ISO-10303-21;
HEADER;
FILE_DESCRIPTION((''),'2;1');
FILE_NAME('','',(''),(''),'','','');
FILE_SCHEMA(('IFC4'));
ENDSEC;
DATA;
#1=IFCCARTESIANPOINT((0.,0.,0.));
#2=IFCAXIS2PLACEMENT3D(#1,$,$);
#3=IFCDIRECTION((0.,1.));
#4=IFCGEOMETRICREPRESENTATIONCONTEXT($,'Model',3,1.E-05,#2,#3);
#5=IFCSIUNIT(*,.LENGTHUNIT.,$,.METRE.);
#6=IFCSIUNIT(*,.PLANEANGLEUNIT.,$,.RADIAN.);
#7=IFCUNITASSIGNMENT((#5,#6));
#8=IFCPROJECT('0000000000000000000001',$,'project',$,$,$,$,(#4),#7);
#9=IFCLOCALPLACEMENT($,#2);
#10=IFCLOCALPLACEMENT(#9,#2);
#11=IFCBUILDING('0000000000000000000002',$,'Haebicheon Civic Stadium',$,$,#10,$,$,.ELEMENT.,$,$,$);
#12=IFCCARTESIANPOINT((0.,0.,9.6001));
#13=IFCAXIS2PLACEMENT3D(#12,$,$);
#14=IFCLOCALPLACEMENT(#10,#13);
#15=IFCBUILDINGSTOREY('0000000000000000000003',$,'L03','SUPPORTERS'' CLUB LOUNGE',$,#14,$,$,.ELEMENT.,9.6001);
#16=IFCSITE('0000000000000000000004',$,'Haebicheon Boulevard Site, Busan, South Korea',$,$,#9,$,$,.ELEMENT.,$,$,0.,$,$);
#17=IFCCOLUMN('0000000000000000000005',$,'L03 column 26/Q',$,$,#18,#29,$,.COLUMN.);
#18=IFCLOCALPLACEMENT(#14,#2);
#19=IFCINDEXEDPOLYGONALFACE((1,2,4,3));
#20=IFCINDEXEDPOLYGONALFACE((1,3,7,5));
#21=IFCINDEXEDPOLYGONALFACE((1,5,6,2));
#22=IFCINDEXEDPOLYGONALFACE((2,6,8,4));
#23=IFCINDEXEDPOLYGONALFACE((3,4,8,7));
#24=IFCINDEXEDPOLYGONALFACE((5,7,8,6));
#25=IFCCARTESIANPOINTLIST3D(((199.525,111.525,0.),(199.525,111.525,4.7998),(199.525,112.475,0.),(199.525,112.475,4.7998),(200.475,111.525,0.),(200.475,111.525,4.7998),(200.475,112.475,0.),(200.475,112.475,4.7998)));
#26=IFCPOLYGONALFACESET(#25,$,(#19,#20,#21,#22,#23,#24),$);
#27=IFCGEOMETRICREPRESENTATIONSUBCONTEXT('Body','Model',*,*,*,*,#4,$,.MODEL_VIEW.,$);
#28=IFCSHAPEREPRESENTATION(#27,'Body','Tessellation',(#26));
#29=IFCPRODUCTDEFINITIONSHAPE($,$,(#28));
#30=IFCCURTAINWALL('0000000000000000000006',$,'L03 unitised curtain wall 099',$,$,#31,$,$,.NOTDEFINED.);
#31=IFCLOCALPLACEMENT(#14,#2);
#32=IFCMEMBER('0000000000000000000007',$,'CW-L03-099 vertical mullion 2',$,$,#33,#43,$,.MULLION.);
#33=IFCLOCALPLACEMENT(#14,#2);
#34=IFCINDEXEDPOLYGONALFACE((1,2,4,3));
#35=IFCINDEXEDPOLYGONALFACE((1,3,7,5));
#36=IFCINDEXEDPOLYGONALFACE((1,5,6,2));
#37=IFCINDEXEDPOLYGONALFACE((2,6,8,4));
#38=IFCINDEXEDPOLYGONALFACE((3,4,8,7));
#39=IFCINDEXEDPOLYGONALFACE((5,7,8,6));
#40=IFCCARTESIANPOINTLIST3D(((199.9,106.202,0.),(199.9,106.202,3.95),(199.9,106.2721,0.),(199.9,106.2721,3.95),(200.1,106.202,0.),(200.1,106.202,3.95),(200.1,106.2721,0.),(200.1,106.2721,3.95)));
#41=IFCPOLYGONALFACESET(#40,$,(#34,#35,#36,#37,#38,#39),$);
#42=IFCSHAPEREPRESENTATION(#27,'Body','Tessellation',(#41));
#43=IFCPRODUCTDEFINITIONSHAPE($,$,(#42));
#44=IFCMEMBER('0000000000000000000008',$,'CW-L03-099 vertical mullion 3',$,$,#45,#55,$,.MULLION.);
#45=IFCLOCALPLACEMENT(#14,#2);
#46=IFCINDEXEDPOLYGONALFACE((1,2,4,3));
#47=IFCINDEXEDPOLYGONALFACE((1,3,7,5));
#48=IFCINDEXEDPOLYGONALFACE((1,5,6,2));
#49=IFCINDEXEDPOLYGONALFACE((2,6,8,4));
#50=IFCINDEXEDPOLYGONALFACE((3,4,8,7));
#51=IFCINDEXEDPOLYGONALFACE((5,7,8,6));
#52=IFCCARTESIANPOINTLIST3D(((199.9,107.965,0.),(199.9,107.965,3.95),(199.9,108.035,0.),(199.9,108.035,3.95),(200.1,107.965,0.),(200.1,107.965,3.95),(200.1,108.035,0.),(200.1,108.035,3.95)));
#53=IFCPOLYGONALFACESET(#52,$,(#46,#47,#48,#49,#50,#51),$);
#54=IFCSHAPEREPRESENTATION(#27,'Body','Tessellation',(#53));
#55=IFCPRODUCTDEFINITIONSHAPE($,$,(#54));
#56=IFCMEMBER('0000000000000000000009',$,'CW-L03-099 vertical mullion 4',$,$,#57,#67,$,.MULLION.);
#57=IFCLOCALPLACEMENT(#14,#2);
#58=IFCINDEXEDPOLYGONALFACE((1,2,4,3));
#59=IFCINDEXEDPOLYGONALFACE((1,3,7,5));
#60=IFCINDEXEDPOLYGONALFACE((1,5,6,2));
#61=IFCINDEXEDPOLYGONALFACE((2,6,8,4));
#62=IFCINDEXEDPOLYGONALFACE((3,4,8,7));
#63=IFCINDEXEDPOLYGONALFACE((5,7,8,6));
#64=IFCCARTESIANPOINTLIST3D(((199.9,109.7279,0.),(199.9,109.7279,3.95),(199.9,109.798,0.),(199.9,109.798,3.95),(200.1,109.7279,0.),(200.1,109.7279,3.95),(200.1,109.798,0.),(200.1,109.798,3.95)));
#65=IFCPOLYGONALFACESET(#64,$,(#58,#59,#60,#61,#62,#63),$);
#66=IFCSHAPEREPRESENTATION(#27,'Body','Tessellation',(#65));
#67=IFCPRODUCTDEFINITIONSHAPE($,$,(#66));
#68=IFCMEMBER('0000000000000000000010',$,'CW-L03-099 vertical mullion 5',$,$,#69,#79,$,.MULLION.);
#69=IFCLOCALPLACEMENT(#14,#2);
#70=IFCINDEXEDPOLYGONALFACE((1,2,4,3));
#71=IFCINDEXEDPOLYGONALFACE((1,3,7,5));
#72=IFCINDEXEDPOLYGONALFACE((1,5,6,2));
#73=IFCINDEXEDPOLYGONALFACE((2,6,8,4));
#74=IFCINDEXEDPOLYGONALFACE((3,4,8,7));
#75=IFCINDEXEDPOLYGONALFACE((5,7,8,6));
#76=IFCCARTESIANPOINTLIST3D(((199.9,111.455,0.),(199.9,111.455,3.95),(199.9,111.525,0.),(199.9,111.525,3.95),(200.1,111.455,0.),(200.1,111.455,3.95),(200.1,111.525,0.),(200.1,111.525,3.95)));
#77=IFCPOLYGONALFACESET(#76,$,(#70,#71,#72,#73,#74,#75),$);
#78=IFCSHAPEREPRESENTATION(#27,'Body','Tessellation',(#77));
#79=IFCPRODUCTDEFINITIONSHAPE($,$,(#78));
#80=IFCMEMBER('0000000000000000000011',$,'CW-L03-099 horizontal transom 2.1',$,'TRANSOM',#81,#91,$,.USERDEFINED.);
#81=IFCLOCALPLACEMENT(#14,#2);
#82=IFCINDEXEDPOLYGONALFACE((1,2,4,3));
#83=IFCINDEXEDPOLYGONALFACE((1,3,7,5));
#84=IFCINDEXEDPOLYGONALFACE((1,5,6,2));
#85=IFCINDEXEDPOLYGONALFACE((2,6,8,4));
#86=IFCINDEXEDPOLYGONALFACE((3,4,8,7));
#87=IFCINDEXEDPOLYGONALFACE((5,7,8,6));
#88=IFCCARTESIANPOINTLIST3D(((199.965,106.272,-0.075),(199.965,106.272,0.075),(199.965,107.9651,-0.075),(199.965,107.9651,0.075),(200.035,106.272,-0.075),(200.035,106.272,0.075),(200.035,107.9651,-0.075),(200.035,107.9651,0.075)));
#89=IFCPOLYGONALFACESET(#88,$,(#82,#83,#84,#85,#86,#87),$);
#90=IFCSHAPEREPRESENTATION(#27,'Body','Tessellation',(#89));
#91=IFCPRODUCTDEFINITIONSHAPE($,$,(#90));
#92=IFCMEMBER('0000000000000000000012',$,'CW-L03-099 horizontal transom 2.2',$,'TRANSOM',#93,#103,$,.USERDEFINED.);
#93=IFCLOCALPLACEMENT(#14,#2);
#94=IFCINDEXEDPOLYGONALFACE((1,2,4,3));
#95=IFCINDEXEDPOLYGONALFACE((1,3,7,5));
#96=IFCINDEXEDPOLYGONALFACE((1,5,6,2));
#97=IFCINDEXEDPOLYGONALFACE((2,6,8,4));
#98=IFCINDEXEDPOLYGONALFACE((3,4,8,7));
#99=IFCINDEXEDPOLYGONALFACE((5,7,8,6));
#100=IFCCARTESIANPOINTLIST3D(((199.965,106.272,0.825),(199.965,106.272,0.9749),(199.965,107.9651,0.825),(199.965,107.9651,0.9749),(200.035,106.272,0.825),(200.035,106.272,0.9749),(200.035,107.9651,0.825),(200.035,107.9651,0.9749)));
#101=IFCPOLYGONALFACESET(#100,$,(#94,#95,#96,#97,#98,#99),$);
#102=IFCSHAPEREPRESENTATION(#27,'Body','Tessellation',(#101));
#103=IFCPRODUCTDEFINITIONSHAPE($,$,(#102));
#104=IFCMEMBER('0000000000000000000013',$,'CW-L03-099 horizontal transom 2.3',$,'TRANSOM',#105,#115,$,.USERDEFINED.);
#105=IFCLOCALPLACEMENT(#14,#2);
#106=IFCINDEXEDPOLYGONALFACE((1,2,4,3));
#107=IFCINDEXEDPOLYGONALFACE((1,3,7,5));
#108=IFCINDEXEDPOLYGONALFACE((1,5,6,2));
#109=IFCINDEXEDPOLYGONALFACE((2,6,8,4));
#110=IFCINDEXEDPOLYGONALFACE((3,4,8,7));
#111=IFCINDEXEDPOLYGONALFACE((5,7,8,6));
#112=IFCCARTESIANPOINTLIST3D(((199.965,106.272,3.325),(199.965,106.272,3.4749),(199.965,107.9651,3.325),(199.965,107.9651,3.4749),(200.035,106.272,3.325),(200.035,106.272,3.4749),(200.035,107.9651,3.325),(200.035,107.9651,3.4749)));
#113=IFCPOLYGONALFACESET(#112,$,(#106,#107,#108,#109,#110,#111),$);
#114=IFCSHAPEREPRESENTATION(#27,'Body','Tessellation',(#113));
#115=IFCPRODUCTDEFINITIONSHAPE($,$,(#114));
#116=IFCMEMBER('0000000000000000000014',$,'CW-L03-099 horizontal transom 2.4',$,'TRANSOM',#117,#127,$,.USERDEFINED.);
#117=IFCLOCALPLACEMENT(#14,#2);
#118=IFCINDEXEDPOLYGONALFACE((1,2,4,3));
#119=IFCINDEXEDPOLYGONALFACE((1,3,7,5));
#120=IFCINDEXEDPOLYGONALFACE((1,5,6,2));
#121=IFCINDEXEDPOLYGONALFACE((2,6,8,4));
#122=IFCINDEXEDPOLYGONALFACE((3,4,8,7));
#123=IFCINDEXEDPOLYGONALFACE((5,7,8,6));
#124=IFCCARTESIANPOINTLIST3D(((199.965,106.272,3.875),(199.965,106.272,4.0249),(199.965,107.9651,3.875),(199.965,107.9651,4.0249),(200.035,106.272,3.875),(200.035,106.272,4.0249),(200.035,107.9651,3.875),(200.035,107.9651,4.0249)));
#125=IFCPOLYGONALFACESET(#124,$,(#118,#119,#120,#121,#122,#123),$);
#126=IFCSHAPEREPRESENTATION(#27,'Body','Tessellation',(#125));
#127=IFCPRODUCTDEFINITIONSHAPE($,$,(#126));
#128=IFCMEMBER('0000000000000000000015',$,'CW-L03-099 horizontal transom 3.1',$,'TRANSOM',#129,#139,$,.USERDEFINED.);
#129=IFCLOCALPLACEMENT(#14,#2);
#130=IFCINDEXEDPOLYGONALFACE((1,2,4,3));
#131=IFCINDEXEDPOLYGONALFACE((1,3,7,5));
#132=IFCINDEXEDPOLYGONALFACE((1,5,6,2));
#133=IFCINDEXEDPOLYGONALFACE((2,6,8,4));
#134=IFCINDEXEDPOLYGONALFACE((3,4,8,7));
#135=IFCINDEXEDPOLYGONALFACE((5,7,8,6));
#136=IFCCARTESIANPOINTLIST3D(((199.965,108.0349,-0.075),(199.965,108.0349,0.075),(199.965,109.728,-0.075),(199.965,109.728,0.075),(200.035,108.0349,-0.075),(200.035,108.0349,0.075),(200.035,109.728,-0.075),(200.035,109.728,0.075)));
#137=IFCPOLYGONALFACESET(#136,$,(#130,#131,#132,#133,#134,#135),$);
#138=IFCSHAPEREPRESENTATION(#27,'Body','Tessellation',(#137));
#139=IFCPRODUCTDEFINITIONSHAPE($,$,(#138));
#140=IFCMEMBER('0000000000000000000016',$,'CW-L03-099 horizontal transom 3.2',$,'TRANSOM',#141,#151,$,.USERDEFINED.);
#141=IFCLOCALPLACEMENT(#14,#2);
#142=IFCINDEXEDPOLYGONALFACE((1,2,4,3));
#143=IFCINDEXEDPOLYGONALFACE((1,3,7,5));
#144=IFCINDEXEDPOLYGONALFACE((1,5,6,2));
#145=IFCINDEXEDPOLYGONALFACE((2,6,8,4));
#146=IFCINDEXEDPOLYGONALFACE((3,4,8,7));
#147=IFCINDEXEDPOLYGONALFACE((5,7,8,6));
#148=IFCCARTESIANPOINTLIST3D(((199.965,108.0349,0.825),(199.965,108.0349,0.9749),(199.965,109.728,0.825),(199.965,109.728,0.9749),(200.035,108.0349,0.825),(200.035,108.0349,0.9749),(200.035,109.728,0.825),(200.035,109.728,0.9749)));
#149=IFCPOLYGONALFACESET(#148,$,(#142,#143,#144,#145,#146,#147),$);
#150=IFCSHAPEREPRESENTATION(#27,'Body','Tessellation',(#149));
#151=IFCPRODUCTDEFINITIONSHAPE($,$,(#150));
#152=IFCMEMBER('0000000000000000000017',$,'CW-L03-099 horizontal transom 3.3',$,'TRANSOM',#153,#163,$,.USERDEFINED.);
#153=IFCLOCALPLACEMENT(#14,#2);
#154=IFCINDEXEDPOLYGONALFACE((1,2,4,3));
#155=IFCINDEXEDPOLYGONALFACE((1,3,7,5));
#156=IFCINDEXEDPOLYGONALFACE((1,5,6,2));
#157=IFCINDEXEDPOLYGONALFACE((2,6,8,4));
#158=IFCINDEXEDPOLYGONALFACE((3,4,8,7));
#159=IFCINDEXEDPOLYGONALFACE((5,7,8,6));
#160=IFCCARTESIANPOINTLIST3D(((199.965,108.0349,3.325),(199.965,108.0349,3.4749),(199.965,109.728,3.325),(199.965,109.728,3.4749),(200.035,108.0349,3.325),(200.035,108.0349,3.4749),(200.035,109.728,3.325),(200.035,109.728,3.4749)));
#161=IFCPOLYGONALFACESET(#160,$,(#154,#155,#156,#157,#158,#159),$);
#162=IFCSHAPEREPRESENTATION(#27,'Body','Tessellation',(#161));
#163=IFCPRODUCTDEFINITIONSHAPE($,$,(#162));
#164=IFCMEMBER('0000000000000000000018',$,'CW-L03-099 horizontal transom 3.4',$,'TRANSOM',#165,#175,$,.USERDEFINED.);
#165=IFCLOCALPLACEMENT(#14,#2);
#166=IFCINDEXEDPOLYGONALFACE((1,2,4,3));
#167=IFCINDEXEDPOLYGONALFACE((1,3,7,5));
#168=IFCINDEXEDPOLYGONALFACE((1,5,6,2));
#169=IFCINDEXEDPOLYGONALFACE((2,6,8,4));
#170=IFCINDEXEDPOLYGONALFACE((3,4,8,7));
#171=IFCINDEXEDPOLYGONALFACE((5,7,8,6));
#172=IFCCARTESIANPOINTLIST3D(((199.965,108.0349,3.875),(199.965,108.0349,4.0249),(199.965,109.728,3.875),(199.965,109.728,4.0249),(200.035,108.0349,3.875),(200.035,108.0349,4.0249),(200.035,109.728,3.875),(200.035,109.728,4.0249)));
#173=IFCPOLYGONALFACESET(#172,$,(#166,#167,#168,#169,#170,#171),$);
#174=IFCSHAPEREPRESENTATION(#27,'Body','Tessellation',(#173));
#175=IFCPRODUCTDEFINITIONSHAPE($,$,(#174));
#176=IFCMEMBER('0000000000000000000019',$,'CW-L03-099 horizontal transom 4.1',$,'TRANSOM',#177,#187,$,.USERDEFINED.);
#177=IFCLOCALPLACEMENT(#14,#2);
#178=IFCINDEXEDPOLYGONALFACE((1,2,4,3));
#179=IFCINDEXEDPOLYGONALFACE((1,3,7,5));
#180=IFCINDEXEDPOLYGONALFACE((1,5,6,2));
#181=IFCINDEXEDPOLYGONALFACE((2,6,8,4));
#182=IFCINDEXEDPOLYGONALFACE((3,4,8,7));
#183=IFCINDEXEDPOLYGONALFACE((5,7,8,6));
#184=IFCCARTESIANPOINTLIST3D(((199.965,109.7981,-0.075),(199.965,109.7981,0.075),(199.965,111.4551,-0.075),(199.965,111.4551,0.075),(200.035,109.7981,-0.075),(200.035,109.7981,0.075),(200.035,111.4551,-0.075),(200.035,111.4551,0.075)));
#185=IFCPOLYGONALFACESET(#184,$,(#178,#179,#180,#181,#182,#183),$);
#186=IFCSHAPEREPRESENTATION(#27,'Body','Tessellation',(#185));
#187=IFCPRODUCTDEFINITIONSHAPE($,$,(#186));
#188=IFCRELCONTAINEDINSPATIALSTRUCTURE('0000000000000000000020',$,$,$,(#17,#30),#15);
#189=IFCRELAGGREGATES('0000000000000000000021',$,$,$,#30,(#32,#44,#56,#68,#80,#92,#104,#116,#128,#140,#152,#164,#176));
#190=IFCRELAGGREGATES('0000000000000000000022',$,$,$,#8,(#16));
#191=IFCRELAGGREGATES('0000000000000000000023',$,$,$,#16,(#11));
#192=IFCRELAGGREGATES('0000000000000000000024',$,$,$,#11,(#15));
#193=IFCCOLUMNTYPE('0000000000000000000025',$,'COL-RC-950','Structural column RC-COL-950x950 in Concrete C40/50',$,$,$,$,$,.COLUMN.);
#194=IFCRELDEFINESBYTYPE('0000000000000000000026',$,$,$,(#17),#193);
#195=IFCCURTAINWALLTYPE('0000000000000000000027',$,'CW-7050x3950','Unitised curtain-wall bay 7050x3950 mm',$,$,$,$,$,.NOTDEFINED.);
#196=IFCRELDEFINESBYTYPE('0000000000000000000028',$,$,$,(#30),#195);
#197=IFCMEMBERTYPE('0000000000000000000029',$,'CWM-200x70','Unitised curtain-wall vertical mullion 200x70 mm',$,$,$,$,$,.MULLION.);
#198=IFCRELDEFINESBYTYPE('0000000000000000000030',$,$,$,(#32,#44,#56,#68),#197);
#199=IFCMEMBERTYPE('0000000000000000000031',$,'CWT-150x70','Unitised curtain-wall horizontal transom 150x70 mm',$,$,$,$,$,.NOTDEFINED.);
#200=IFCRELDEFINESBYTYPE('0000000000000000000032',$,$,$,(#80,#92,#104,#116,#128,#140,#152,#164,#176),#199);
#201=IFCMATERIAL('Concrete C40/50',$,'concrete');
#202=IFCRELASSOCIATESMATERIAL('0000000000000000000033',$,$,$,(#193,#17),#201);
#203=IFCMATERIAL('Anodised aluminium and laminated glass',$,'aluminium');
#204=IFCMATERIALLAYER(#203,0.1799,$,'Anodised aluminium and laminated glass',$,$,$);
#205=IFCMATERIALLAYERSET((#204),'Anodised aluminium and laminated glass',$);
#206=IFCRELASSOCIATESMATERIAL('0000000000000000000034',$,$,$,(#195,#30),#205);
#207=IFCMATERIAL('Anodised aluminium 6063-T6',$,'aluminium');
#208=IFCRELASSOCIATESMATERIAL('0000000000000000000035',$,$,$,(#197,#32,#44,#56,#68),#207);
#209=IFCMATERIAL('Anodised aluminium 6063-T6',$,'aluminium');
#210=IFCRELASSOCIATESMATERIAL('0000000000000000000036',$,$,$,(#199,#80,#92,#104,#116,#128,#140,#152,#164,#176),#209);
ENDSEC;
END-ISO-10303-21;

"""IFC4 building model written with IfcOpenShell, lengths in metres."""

from ifc_helpers import new_model, si_unit, direction, frame, origin, origin_2d, place, context, subcontext, project, spatial, rectangle, extrude, material, layer, layer_set, material_profile, profile_set, type_object, element, aggregate, save


model = new_model("IFC4")

# Units and contexts
model_context = context("Model", 3, precision=1e-05, world=origin(), true_north=direction((0.0, 1.0)))
body_context = subcontext(model_context, "Body", "Model", "MODEL_VIEW")
ifc_project = project(units=[si_unit("LENGTHUNIT", "METRE"), si_unit("PLANEANGLEUNIT", "RADIAN")], contexts=[model_context])

# Site, building, storey
site_placement = place(None, origin())
site = spatial("IfcSite", under=ifc_project, at=site_placement, Name="Haebicheon Boulevard Site, Busan, South Korea", CompositionType="ELEMENT", RefElevation=0.0)
building_placement = place(site_placement, origin())
building = spatial("IfcBuilding", under=site, at=building_placement, Name="Haebicheon Civic Stadium", CompositionType="ELEMENT")
storey_placement = place(building_placement, frame((0.0, 0.0, 9.6001)))
storey = spatial("IfcBuildingStorey", under=building, at=storey_placement, Name="L03", Description="SUPPORTERS' CLUB LOUNGE", CompositionType="ELEMENT", Elevation=9.6001)

# Column
ifc_material_1 = material(Name="Concrete C40/50", Category="concrete")
ifc_material_profile_1 = material_profile(ifc_material_1, rectangle(XDim=0.95, YDim=0.95, at=origin_2d()), Name="RC-COL-950x950")
ifc_profile_set_1 = profile_set([ifc_material_profile_1], Name="Concrete C40/50")
column_type = type_object("IfcColumnType", Name="COL-RC-950", Description="Structural column RC-COL-950x950 in Concrete C40/50", PredefinedType="COLUMN", material=ifc_profile_set_1)
column_placement = place(storey_placement, frame((200.0, 112.0, 0.0), z_axis=(0.0, 0.0, 1.0), x_axis=(1.0, 0.0, 0.0)))
element("IfcColumn", 1, at=column_placement, inside=storey, type_object=column_type, material=ifc_profile_set_1, Name="L03 column 26/Q", PredefinedType="COLUMN", context=body_context, shape_type="SweptSolid", body=[
    extrude(rectangle(XDim=0.95, YDim=0.95, at=origin_2d()), origin(), (0.0, 0.0, 1.0), 4.7998),
])

# Curtain wall, members
ifc_material_2 = material(Name="Anodised aluminium and laminated glass", Category="aluminium")
ifc_layer_1 = layer(ifc_material_2, 0.1799, Name="Anodised aluminium and laminated glass")
ifc_layer_set_1 = layer_set([ifc_layer_1], Name="Anodised aluminium and laminated glass")
curtain_wall_type = type_object("IfcCurtainWallType", Name="CW-7050x3950", Description="Unitised curtain-wall bay 7050x3950 mm", PredefinedType="NOTDEFINED", material=ifc_layer_set_1)
curtain_wall_placement = place(storey_placement, origin())
curtain_wall = element("IfcCurtainWall", 2, at=curtain_wall_placement, inside=storey, type_object=curtain_wall_type, material=ifc_layer_set_1, Name="L03 unitised curtain wall 099", PredefinedType="NOTDEFINED")
ifc_material_3 = material(Name="Anodised aluminium 6063-T6", Category="aluminium")
ifc_material_profile_2 = material_profile(ifc_material_3, rectangle(XDim=0.0701, YDim=0.2, at=origin_2d()), Name="ALU-MULL-70x200")
ifc_profile_set_2 = profile_set([ifc_material_profile_2], Name="Anodised aluminium 6063-T6")
member_type_1 = type_object("IfcMemberType", Name="CWM-200x70", Description="Unitised curtain-wall vertical mullion 200x70 mm", PredefinedType="MULLION", material=ifc_profile_set_2)
member_1_placement = place(storey_placement, frame((200.0, 106.2371, 0.0), z_axis=(0.0, 0.0, 1.0), x_axis=(0.0, 1.0, 0.0)))
member_1 = element("IfcMember", 3, at=member_1_placement, type_object=member_type_1, material=ifc_profile_set_2, Name="CW-L03-099 vertical mullion 2", PredefinedType="MULLION", context=body_context, shape_type="SweptSolid", body=[
    extrude(rectangle(XDim=0.0701, YDim=0.2, at=origin_2d()), origin(), (0.0, 0.0, 1.0), 3.95),
])
member_2_placement = place(storey_placement, frame((200.0, 108.0, 0.0), z_axis=(0.0, 0.0, 1.0), x_axis=(0.0, 1.0, 0.0)))
member_2 = element("IfcMember", 4, at=member_2_placement, type_object=member_type_1, material=ifc_profile_set_2, Name="CW-L03-099 vertical mullion 3", PredefinedType="MULLION", context=body_context, shape_type="SweptSolid", body=[
    extrude(rectangle(XDim=0.0701, YDim=0.2, at=origin_2d()), origin(), (0.0, 0.0, 1.0), 3.95),
])
member_3_placement = place(storey_placement, frame((200.0, 109.7629, 0.0), z_axis=(0.0, 0.0, 1.0), x_axis=(0.0, 1.0, 0.0)))
member_3 = element("IfcMember", 5, at=member_3_placement, type_object=member_type_1, material=ifc_profile_set_2, Name="CW-L03-099 vertical mullion 4", PredefinedType="MULLION", context=body_context, shape_type="SweptSolid", body=[
    extrude(rectangle(XDim=0.0701, YDim=0.2, at=origin_2d()), origin(), (0.0, 0.0, 1.0), 3.95),
])
member_4_placement = place(storey_placement, frame((200.0, 111.49, 0.0), z_axis=(0.0, 0.0, 1.0), x_axis=(0.0, 1.0, 0.0)))
member_4 = element("IfcMember", 6, at=member_4_placement, type_object=member_type_1, material=ifc_profile_set_2, Name="CW-L03-099 vertical mullion 5", PredefinedType="MULLION", context=body_context, shape_type="SweptSolid", body=[
    extrude(rectangle(XDim=0.0701, YDim=0.2, at=origin_2d()), origin(), (0.0, 0.0, 1.0), 3.95),
])
ifc_material_4 = material(Name="Anodised aluminium 6063-T6", Category="aluminium")
ifc_material_profile_3 = material_profile(ifc_material_4, rectangle(XDim=0.0701, YDim=0.1499, at=origin_2d()), Name="ALU-TRAN-70x150")
ifc_profile_set_3 = profile_set([ifc_material_profile_3], Name="Anodised aluminium 6063-T6")
member_type_2 = type_object("IfcMemberType", Name="CWT-150x70", Description="Unitised curtain-wall horizontal transom 150x70 mm", PredefinedType="NOTDEFINED", material=ifc_profile_set_3)
member_5_placement = place(storey_placement, frame((200.0, 106.272, 0.0), z_axis=(0.0, 1.0, 0.0), x_axis=(-1.0, 0.0, 0.0)))
member_5 = element("IfcMember", 7, at=member_5_placement, type_object=member_type_2, material=ifc_profile_set_3, Name="CW-L03-099 horizontal transom 2.1", ObjectType="TRANSOM", PredefinedType="USERDEFINED", context=body_context, shape_type="SweptSolid", body=[
    extrude(rectangle(XDim=0.0701, YDim=0.1499, at=origin_2d()), origin(), (0.0, 0.0, 1.0), 1.6931),
])
member_6_placement = place(storey_placement, frame((200.0, 106.272, 0.8999), z_axis=(0.0, 1.0, 0.0), x_axis=(-1.0, 0.0, 0.0)))
member_6 = element("IfcMember", 8, at=member_6_placement, type_object=member_type_2, material=ifc_profile_set_3, Name="CW-L03-099 horizontal transom 2.2", ObjectType="TRANSOM", PredefinedType="USERDEFINED", context=body_context, shape_type="SweptSolid", body=[
    extrude(rectangle(XDim=0.0701, YDim=0.1499, at=origin_2d()), origin(), (0.0, 0.0, 1.0), 1.6931),
])
member_7_placement = place(storey_placement, frame((200.0, 106.272, 3.3999), z_axis=(0.0, 1.0, 0.0), x_axis=(-1.0, 0.0, 0.0)))
member_7 = element("IfcMember", 9, at=member_7_placement, type_object=member_type_2, material=ifc_profile_set_3, Name="CW-L03-099 horizontal transom 2.3", ObjectType="TRANSOM", PredefinedType="USERDEFINED", context=body_context, shape_type="SweptSolid", body=[
    extrude(rectangle(XDim=0.0701, YDim=0.1499, at=origin_2d()), origin(), (0.0, 0.0, 1.0), 1.6931),
])
member_8_placement = place(storey_placement, frame((200.0, 106.272, 3.95), z_axis=(0.0, 1.0, 0.0), x_axis=(-1.0, 0.0, 0.0)))
member_8 = element("IfcMember", 10, at=member_8_placement, type_object=member_type_2, material=ifc_profile_set_3, Name="CW-L03-099 horizontal transom 2.4", ObjectType="TRANSOM", PredefinedType="USERDEFINED", context=body_context, shape_type="SweptSolid", body=[
    extrude(rectangle(XDim=0.0701, YDim=0.1499, at=origin_2d()), origin(), (0.0, 0.0, 1.0), 1.6931),
])
member_9_placement = place(storey_placement, frame((200.0, 108.0349, 0.0), z_axis=(0.0, 1.0, 0.0), x_axis=(-1.0, 0.0, 0.0)))
member_9 = element("IfcMember", 11, at=member_9_placement, type_object=member_type_2, material=ifc_profile_set_3, Name="CW-L03-099 horizontal transom 3.1", ObjectType="TRANSOM", PredefinedType="USERDEFINED", context=body_context, shape_type="SweptSolid", body=[
    extrude(rectangle(XDim=0.0701, YDim=0.1499, at=origin_2d()), origin(), (0.0, 0.0, 1.0), 1.6931),
])
member_10_placement = place(storey_placement, frame((200.0, 108.0349, 0.8999), z_axis=(0.0, 1.0, 0.0), x_axis=(-1.0, 0.0, 0.0)))
member_10 = element("IfcMember", 12, at=member_10_placement, type_object=member_type_2, material=ifc_profile_set_3, Name="CW-L03-099 horizontal transom 3.2", ObjectType="TRANSOM", PredefinedType="USERDEFINED", context=body_context, shape_type="SweptSolid", body=[
    extrude(rectangle(XDim=0.0701, YDim=0.1499, at=origin_2d()), origin(), (0.0, 0.0, 1.0), 1.6931),
])
member_11_placement = place(storey_placement, frame((200.0, 108.0349, 3.3999), z_axis=(0.0, 1.0, 0.0), x_axis=(-1.0, 0.0, 0.0)))
member_11 = element("IfcMember", 13, at=member_11_placement, type_object=member_type_2, material=ifc_profile_set_3, Name="CW-L03-099 horizontal transom 3.3", ObjectType="TRANSOM", PredefinedType="USERDEFINED", context=body_context, shape_type="SweptSolid", body=[
    extrude(rectangle(XDim=0.0701, YDim=0.1499, at=origin_2d()), origin(), (0.0, 0.0, 1.0), 1.6931),
])
member_12_placement = place(storey_placement, frame((200.0, 108.0349, 3.95), z_axis=(0.0, 1.0, 0.0), x_axis=(-1.0, 0.0, 0.0)))
member_12 = element("IfcMember", 14, at=member_12_placement, type_object=member_type_2, material=ifc_profile_set_3, Name="CW-L03-099 horizontal transom 3.4", ObjectType="TRANSOM", PredefinedType="USERDEFINED", context=body_context, shape_type="SweptSolid", body=[
    extrude(rectangle(XDim=0.0701, YDim=0.1499, at=origin_2d()), origin(), (0.0, 0.0, 1.0), 1.6931),
])
member_13_placement = place(storey_placement, frame((200.0, 109.7981, 0.0), z_axis=(0.0, 1.0, 0.0), x_axis=(-1.0, 0.0, 0.0)))
member_13 = element("IfcMember", 15, at=member_13_placement, type_object=member_type_2, material=ifc_profile_set_3, Name="CW-L03-099 horizontal transom 4.1", ObjectType="TRANSOM", PredefinedType="USERDEFINED", context=body_context, shape_type="SweptSolid", body=[
    extrude(rectangle(XDim=0.0701, YDim=0.1499, at=origin_2d()), origin(), (0.0, 0.0, 1.0), 1.657),
])

aggregate(curtain_wall, [member_1, member_2, member_3, member_4, member_5, member_6, member_7, member_8, member_9, member_10, member_11, member_12, member_13])

save(model, "model.ifc")
